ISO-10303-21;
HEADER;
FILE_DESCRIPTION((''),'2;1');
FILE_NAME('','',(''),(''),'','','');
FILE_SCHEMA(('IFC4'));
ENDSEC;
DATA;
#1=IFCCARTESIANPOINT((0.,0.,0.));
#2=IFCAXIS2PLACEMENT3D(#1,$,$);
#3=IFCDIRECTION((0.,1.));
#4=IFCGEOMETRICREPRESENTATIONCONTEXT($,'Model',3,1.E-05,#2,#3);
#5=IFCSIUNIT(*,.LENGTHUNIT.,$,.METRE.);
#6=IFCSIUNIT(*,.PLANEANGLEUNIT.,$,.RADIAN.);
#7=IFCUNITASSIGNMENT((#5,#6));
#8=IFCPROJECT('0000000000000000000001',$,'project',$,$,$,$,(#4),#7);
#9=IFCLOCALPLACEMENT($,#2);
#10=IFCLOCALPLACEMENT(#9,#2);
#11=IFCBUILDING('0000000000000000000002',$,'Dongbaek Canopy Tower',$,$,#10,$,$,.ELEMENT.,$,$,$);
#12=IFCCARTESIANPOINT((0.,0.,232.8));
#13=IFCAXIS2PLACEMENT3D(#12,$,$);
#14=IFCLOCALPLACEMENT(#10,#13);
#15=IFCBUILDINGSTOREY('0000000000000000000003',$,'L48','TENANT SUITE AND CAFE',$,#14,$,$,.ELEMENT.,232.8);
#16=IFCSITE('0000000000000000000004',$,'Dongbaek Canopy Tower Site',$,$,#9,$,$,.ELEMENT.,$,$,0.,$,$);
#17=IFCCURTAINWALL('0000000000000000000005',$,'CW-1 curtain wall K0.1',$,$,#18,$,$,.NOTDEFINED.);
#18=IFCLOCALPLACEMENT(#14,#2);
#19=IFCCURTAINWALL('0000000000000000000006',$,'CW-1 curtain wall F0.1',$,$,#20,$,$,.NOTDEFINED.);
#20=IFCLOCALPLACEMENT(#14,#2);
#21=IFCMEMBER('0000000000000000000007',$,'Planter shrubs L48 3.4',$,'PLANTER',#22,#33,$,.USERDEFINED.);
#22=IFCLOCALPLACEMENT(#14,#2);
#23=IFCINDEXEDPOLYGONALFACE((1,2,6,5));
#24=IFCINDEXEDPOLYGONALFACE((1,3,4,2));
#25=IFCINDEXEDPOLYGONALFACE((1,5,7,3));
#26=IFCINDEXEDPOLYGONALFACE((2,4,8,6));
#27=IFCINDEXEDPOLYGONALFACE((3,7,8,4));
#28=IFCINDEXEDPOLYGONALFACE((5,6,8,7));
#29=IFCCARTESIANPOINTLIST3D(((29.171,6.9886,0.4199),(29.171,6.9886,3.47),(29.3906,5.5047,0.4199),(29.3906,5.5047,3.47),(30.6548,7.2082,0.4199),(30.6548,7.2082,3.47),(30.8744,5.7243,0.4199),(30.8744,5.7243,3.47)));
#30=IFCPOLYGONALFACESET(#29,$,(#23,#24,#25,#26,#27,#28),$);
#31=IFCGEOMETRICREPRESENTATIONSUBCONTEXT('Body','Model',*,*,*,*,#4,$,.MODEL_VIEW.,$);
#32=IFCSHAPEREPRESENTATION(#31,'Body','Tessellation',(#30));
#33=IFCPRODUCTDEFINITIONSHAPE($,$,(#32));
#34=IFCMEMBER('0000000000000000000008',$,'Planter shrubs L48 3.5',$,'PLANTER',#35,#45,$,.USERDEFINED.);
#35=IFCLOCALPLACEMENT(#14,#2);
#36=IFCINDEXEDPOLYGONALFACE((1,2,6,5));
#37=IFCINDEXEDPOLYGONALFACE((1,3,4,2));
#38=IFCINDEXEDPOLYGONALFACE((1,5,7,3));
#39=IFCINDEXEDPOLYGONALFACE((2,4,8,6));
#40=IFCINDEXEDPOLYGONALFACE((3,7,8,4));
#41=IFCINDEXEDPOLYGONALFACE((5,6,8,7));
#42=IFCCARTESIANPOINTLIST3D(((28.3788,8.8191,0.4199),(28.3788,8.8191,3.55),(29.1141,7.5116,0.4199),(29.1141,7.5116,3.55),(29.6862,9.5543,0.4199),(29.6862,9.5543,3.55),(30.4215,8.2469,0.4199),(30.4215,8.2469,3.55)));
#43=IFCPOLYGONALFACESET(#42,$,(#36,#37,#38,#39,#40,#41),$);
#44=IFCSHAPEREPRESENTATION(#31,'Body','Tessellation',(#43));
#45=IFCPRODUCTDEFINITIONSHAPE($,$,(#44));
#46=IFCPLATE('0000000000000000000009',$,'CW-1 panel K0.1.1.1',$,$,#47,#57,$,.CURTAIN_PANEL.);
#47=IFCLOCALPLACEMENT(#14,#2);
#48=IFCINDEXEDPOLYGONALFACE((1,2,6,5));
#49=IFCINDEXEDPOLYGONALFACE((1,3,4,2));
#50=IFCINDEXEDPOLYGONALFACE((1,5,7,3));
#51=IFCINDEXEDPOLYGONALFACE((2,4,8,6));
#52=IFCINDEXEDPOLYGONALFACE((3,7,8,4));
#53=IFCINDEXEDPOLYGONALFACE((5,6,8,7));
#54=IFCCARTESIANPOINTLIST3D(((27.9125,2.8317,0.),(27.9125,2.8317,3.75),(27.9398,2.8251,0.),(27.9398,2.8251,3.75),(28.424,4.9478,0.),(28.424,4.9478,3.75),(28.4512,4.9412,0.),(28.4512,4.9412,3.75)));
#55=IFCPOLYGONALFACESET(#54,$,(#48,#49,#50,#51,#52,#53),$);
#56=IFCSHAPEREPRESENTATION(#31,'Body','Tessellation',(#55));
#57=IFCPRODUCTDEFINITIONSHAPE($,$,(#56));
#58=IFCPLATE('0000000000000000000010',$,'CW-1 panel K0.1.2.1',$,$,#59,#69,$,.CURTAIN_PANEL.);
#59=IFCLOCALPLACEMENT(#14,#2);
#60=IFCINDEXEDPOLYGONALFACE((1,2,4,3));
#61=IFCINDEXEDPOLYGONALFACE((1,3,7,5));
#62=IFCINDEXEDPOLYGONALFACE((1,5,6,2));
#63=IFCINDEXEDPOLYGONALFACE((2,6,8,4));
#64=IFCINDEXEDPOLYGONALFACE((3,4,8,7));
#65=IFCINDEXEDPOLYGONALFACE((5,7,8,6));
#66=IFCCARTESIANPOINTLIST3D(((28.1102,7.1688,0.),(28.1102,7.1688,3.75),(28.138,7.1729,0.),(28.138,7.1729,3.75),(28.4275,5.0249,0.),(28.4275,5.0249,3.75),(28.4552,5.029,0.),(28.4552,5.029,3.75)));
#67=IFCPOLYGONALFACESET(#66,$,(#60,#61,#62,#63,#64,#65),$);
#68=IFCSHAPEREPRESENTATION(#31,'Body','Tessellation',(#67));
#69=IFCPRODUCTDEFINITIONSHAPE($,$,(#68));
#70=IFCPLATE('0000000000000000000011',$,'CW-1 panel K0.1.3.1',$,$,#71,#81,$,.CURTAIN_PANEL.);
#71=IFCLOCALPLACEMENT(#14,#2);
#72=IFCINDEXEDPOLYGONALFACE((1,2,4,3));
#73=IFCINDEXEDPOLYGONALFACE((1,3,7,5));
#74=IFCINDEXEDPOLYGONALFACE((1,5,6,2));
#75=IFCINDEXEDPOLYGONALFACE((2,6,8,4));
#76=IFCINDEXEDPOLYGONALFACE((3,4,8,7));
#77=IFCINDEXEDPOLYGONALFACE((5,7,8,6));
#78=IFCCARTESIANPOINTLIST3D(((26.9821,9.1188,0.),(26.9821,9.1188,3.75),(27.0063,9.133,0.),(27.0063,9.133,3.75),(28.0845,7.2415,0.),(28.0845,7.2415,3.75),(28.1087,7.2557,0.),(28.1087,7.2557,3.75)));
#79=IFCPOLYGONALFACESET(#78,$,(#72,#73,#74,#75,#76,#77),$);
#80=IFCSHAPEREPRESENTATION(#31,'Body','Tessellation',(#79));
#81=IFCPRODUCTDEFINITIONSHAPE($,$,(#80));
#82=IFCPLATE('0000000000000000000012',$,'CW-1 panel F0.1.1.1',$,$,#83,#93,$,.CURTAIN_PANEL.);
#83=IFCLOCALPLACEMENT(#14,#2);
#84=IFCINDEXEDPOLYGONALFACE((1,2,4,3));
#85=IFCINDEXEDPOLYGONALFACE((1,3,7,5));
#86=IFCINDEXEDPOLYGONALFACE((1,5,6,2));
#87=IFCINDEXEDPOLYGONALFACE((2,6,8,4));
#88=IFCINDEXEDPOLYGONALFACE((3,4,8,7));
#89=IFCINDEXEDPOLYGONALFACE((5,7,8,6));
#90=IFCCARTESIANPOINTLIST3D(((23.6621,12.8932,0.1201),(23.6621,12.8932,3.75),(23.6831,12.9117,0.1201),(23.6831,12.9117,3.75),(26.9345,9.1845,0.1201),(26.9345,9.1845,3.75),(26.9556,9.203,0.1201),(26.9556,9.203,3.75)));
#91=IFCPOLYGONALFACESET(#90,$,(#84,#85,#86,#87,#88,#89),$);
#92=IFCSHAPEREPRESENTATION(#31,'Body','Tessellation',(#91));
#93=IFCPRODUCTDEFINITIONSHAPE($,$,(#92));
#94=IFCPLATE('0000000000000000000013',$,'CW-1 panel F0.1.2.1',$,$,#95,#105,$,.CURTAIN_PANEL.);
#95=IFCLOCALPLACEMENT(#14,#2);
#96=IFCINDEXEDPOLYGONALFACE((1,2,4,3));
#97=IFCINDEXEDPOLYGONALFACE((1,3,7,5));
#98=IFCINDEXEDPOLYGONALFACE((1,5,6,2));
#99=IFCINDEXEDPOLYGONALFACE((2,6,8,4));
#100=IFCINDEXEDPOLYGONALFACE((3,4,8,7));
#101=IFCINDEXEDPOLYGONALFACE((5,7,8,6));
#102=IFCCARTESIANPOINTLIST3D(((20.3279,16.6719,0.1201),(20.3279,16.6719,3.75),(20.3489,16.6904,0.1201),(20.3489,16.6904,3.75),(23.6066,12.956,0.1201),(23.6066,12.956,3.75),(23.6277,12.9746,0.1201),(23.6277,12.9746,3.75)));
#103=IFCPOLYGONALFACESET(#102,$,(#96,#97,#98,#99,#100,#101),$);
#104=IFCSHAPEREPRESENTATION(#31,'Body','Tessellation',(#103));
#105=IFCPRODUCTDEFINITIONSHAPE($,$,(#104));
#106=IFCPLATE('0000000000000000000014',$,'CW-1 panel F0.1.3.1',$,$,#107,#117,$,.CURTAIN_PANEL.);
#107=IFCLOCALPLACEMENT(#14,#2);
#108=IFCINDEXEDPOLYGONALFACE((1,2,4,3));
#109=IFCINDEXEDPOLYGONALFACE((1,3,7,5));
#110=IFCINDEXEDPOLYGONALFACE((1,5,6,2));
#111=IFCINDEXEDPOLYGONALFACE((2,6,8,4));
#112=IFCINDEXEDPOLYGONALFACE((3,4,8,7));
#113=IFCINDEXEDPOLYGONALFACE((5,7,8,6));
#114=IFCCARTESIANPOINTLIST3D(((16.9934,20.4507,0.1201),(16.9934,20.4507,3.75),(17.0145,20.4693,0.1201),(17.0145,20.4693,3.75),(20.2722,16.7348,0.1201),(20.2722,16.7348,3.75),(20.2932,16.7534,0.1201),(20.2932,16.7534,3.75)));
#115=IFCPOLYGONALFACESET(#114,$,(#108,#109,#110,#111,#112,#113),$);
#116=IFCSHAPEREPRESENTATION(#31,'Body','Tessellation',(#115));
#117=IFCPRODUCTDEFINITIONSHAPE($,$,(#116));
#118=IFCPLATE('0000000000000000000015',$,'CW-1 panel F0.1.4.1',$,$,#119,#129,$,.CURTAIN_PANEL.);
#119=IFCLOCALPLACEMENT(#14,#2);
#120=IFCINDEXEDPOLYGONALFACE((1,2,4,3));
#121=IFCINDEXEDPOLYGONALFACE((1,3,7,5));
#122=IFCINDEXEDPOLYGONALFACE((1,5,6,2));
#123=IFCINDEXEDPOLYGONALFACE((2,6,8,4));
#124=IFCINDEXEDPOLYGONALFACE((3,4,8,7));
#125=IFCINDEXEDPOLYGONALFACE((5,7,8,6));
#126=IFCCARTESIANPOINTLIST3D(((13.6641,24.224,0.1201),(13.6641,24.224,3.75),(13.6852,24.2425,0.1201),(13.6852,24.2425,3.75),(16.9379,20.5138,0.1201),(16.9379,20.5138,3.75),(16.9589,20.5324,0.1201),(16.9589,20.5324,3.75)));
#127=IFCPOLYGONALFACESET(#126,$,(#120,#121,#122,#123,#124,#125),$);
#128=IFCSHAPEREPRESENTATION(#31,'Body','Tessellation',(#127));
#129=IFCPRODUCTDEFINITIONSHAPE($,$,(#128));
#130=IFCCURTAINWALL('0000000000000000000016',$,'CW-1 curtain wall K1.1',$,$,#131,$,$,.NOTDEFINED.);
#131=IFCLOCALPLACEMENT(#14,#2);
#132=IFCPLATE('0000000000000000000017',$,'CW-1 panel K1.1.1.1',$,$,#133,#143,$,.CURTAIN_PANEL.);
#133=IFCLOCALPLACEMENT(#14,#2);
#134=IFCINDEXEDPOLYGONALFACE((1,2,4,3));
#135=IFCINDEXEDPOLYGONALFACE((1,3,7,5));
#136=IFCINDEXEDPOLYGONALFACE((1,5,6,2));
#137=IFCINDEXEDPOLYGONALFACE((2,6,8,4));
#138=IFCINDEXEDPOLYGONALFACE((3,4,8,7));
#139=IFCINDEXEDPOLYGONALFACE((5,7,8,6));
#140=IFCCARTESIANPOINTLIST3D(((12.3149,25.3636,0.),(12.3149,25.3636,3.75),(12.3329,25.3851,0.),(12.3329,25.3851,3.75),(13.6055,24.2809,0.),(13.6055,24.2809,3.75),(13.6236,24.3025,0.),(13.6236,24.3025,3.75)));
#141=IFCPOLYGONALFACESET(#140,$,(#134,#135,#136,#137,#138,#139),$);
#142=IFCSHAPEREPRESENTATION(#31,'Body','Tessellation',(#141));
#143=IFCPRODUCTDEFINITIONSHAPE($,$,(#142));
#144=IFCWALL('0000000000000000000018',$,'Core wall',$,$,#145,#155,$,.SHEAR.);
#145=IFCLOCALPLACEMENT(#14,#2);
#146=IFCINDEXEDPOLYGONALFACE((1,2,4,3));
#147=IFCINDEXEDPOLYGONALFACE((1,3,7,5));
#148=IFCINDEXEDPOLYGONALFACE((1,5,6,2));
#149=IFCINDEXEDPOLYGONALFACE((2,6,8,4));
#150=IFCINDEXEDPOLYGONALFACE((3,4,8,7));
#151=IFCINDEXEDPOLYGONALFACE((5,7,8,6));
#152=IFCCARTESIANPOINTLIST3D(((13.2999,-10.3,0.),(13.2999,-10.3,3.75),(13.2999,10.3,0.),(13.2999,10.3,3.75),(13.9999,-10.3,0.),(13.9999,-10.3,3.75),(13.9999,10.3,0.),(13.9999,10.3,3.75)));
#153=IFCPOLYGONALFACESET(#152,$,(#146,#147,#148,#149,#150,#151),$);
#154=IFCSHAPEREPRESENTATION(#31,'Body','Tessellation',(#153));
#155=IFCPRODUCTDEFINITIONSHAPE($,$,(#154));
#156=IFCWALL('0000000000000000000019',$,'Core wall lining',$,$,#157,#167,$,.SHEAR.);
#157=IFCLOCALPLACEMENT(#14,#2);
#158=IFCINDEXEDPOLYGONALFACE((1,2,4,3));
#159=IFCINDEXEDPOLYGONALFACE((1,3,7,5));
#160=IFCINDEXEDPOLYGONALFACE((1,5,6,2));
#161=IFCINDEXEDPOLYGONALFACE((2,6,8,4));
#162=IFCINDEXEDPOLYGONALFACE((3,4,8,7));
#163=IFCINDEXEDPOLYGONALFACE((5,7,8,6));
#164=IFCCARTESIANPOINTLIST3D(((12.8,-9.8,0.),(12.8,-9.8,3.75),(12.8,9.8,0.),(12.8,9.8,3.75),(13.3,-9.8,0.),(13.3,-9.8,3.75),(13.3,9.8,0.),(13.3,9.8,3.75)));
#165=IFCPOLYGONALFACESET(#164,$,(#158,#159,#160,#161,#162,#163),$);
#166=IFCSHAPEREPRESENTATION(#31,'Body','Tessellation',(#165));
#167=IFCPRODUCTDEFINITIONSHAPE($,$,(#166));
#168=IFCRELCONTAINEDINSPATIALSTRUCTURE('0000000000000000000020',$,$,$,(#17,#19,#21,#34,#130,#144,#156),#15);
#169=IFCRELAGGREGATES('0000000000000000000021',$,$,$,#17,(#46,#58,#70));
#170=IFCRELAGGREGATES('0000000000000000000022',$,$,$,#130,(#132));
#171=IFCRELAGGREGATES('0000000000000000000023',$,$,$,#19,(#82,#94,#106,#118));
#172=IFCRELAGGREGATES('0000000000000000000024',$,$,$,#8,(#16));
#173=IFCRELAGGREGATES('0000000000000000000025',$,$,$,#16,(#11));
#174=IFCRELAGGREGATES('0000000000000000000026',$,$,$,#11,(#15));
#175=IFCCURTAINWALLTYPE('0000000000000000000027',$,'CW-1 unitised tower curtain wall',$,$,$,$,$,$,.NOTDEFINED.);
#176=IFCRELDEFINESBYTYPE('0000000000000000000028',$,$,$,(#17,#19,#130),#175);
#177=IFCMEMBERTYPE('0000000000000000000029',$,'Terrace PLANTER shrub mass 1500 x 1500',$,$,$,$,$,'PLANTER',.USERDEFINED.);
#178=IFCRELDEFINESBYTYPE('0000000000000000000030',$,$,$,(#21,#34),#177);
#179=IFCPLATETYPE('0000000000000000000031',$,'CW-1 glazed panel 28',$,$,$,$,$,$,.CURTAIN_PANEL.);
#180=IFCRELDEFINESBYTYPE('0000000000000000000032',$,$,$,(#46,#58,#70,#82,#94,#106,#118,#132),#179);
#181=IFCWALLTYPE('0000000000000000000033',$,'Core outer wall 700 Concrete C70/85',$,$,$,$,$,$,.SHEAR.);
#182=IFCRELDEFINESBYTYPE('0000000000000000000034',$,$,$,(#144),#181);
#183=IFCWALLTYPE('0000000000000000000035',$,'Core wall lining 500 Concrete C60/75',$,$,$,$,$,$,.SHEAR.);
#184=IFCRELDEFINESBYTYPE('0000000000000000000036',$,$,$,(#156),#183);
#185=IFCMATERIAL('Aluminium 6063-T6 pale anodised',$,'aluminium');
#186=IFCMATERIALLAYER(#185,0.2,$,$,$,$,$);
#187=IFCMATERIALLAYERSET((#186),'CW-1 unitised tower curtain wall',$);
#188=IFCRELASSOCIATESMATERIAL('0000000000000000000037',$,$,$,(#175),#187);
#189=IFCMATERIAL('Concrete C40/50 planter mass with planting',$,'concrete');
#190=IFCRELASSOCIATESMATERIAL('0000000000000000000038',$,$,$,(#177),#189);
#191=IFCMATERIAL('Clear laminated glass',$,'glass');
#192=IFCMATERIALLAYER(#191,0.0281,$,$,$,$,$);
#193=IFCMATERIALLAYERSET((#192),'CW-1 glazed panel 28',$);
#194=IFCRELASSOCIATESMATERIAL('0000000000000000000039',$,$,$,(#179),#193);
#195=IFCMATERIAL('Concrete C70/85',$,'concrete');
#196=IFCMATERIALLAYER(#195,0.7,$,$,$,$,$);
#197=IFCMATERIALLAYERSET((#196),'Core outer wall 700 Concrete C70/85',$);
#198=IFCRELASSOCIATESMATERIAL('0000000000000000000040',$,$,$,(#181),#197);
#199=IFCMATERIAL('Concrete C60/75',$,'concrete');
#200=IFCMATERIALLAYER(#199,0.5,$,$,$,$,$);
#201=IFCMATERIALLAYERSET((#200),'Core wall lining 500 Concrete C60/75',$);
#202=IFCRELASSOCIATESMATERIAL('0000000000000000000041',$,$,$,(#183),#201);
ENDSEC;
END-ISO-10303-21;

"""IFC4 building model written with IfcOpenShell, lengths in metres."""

from ifc_helpers import new_model, si_unit, direction, frame, frame_2d, origin, origin_2d, place, context, subcontext, project, spatial, rectangle, extrude, material, layer, layer_set, material_profile, profile_set, type_object, element, aggregate, save


model = new_model("IFC4")

# Units and contexts
model_context = context("Model", 3, precision=1e-05, world=origin(), true_north=direction((0.0, 1.0)))
body_context = subcontext(model_context, "Body", "Model", "MODEL_VIEW")
ifc_project = project(units=[si_unit("LENGTHUNIT", "METRE"), si_unit("PLANEANGLEUNIT", "RADIAN")], contexts=[model_context])

# Site, building, storey
site_placement = place(None, origin())
site = spatial("IfcSite", under=ifc_project, at=site_placement, Name="Dongbaek Canopy Tower Site", CompositionType="ELEMENT", RefElevation=0.0)
building_placement = place(site_placement, origin())
building = spatial("IfcBuilding", under=site, at=building_placement, Name="Dongbaek Canopy Tower", CompositionType="ELEMENT")
storey_placement = place(building_placement, frame((0.0, 0.0, 232.8)))
storey = spatial("IfcBuildingStorey", under=building, at=storey_placement, Name="L48", Description="TENANT SUITE AND CAFE", CompositionType="ELEMENT", Elevation=232.8)

# Curtain walls
ifc_material_1 = material(Name="Aluminium 6063-T6 pale anodised", Category="aluminium")
ifc_layer_1 = layer(ifc_material_1, 0.2)
ifc_layer_set_1 = layer_set([ifc_layer_1], Name="CW-1 unitised tower curtain wall")
curtain_wall_type = type_object("IfcCurtainWallType", Name="CW-1 unitised tower curtain wall", PredefinedType="NOTDEFINED", material=ifc_layer_set_1)
curtain_wall_1_placement = place(storey_placement, origin())
curtain_wall_1 = element("IfcCurtainWall", 1, at=curtain_wall_1_placement, inside=storey, type_object=curtain_wall_type, Name="CW-1 curtain wall K0.1", PredefinedType="NOTDEFINED")
curtain_wall_2_placement = place(storey_placement, origin())
curtain_wall_2 = element("IfcCurtainWall", 2, at=curtain_wall_2_placement, inside=storey, type_object=curtain_wall_type, Name="CW-1 curtain wall F0.1", PredefinedType="NOTDEFINED")

# Members
ifc_material_2 = material(Name="Concrete C40/50 planter mass with planting", Category="concrete")
ifc_material_profile_1 = material_profile(ifc_material_2, rectangle(XDim=1.5, YDim=1.5, at=origin_2d()), Name="Terrace PLANTER shrub mass 1500 x 1500")
ifc_profile_set_1 = profile_set([ifc_material_profile_1], Name="Concrete C40/50 planter mass with planting")
member_type_1 = type_object("IfcMemberType", Name="Terrace PLANTER shrub mass 1500 x 1500", ElementType="PLANTER", PredefinedType="USERDEFINED", material=ifc_profile_set_1)
member_1_placement = place(storey_placement, frame((30.0227, 6.3564, 0.4199), z_axis=(0.0, 0.0, 1.0), x_axis=(0.989228, 0.146385, 0.0)))
element("IfcMember", 3, at=member_1_placement, inside=storey, type_object=member_type_1, Name="Planter shrubs L48 3.4", ObjectType="PLANTER", PredefinedType="USERDEFINED", context=body_context, shape_type="SweptSolid", body=[
    extrude(rectangle(XDim=1.5, YDim=1.5, at=origin_2d()), origin(), (0.0, 0.0, 1.0), 3.05),
])
member_2_placement = place(storey_placement, frame((29.4001, 8.533, 0.4199), z_axis=(0.0, 0.0, 1.0), x_axis=(0.871626, 0.490171, 0.0)))
element("IfcMember", 4, at=member_2_placement, inside=storey, type_object=member_type_1, Name="Planter shrubs L48 3.5", ObjectType="PLANTER", PredefinedType="USERDEFINED", context=body_context, shape_type="SweptSolid", body=[
    extrude(rectangle(XDim=1.5, YDim=1.5, at=origin_2d()), origin(), (0.0, 0.0, 1.0), 3.1301),
])

# Plates
ifc_material_3 = material(Name="Clear laminated glass", Category="glass")
ifc_layer_2 = layer(ifc_material_3, 0.0281)
ifc_layer_set_2 = layer_set([ifc_layer_2], Name="CW-1 glazed panel 28")
plate_type = type_object("IfcPlateType", Name="CW-1 glazed panel 28", PredefinedType="CURTAIN_PANEL", material=ifc_layer_set_2)
plate_1_placement = place(storey_placement, frame((28.1819, 3.8865, 0.0), z_axis=(0.0, 0.0, 1.0), x_axis=(0.234923, 0.972014, 0.0)))
plate_1 = element("IfcPlate", 5, at=plate_1_placement, type_object=plate_type, Name="CW-1 panel K0.1.1.1", PredefinedType="CURTAIN_PANEL", context=body_context, shape_type="SweptSolid", body=[
    extrude(rectangle(XDim=2.177, YDim=0.0281, at=origin_2d()), origin(), (0.0, 0.0, 1.0), 3.75),
])
plate_2_placement = place(storey_placement, frame((28.2827, 6.0989, 0.0), z_axis=(0.0, 0.0, 1.0), x_axis=(-0.146385, 0.989228, 0.0)))
plate_2 = element("IfcPlate", 6, at=plate_2_placement, type_object=plate_type, Name="CW-1 panel K0.1.2.1", PredefinedType="CURTAIN_PANEL", context=body_context, shape_type="SweptSolid", body=[
    extrude(rectangle(XDim=2.1672, YDim=0.0281, at=origin_2d()), origin(), (0.0, 0.0, 1.0), 3.75),
])
plate_3_placement = place(storey_placement, frame((27.5454, 8.1873, 0.0), z_axis=(0.0, 0.0, 1.0), x_axis=(-0.506367, 0.862318, 0.0)))
plate_3 = element("IfcPlate", 7, at=plate_3_placement, type_object=plate_type, Name="CW-1 panel K0.1.3.1", PredefinedType="CURTAIN_PANEL", context=body_context, shape_type="SweptSolid", body=[
    extrude(rectangle(XDim=2.177, YDim=0.0281, at=origin_2d()), origin(), (0.0, 0.0, 1.0), 3.75),
])
aggregate(curtain_wall_1, [plate_1, plate_2, plate_3])
plate_4_placement = place(storey_placement, frame((25.3088, 11.0481, 0.1201), z_axis=(0.0, 0.0, 1.0), x_axis=(-0.661631, 0.749829, 0.0)))
plate_4 = element("IfcPlate", 8, at=plate_4_placement, type_object=plate_type, Name="CW-1 panel F0.1.1.1", PredefinedType="CURTAIN_PANEL", context=body_context, shape_type="SweptSolid", body=[
    extrude(rectangle(XDim=4.946, YDim=0.0281, at=origin_2d()), origin(), (0.0, 0.0, 1.0), 3.6299),
])
plate_5_placement = place(storey_placement, frame((21.9778, 14.8232, 0.1201), z_axis=(0.0, 0.0, 1.0), x_axis=(-0.661631, 0.749829, 0.0)))
plate_5 = element("IfcPlate", 9, at=plate_5_placement, type_object=plate_type, Name="CW-1 panel F0.1.2.1", PredefinedType="CURTAIN_PANEL", context=body_context, shape_type="SweptSolid", body=[
    extrude(rectangle(XDim=4.9556, YDim=0.0281, at=origin_2d()), origin(), (0.0, 0.0, 1.0), 3.6299),
])
plate_6_placement = place(storey_placement, frame((18.6433, 18.6021, 0.1201), z_axis=(0.0, 0.0, 1.0), x_axis=(-0.661631, 0.749829, 0.0)))
plate_6 = element("IfcPlate", 10, at=plate_6_placement, type_object=plate_type, Name="CW-1 panel F0.1.3.1", PredefinedType="CURTAIN_PANEL", context=body_context, shape_type="SweptSolid", body=[
    extrude(rectangle(XDim=4.9556, YDim=0.0281, at=origin_2d()), origin(), (0.0, 0.0, 1.0), 3.6299),
])
plate_7_placement = place(storey_placement, frame((15.3115, 22.3782, 0.1201), z_axis=(0.0, 0.0, 1.0), x_axis=(-0.661631, 0.749829, 0.0)))
plate_7 = element("IfcPlate", 11, at=plate_7_placement, type_object=plate_type, Name="CW-1 panel F0.1.4.1", PredefinedType="CURTAIN_PANEL", context=body_context, shape_type="SweptSolid", body=[
    extrude(rectangle(XDim=4.948, YDim=0.0281, at=origin_2d()), origin(), (0.0, 0.0, 1.0), 3.6299),
])

# Curtain wall, plate
curtain_wall_3_placement = place(storey_placement, origin())
curtain_wall_3 = element("IfcCurtainWall", 12, at=curtain_wall_3_placement, inside=storey, type_object=curtain_wall_type, Name="CW-1 curtain wall K1.1", PredefinedType="NOTDEFINED")
plate_8_placement = place(storey_placement, frame((12.9692, 24.833, 0.0), z_axis=(0.0, 0.0, 1.0), x_axis=(-0.766148, 0.642665, 0.0)))
plate_8 = element("IfcPlate", 13, at=plate_8_placement, type_object=plate_type, Name="CW-1 panel K1.1.1.1", PredefinedType="CURTAIN_PANEL", context=body_context, shape_type="SweptSolid", body=[
    extrude(rectangle(XDim=1.6846, YDim=0.0281, at=origin_2d()), origin(), (0.0, 0.0, 1.0), 3.75),
])
aggregate(curtain_wall_3, [plate_8])

# Walls
ifc_material_4 = material(Name="Concrete C70/85", Category="concrete")
ifc_layer_3 = layer(ifc_material_4, 0.7)
ifc_layer_set_3 = layer_set([ifc_layer_3], Name="Core outer wall 700 Concrete C70/85")
wall_type_1 = type_object("IfcWallType", Name="Core outer wall 700 Concrete C70/85", PredefinedType="SHEAR", material=ifc_layer_set_3)
wall_1_placement = place(storey_placement, frame((13.6499, 10.3, 0.0), z_axis=(0.0, 0.0, 1.0), x_axis=(0.0, -1.0, 0.0)))
element("IfcWall", 14, at=wall_1_placement, inside=storey, type_object=wall_type_1, Name="Core wall", PredefinedType="SHEAR", context=body_context, shape_type="SweptSolid", body=[
    extrude(rectangle(XDim=20.6001, YDim=0.7, at=frame_2d((10.3, 0.0))), origin(), (0.0, 0.0, 1.0), 3.75),
])
ifc_material_5 = material(Name="Concrete C60/75", Category="concrete")
ifc_layer_4 = layer(ifc_material_5, 0.5)
ifc_layer_set_4 = layer_set([ifc_layer_4], Name="Core wall lining 500 Concrete C60/75")
wall_type_2 = type_object("IfcWallType", Name="Core wall lining 500 Concrete C60/75", PredefinedType="SHEAR", material=ifc_layer_set_4)
wall_2_placement = place(storey_placement, frame((13.05, 9.8, 0.0), z_axis=(0.0, 0.0, 1.0), x_axis=(0.0, -1.0, 0.0)))
element("IfcWall", 15, at=wall_2_placement, inside=storey, type_object=wall_type_2, Name="Core wall lining", PredefinedType="SHEAR", context=body_context, shape_type="SweptSolid", body=[
    extrude(rectangle(XDim=19.6001, YDim=0.5, at=frame_2d((9.8, 0.0))), origin(), (0.0, 0.0, 1.0), 3.75),
])

aggregate(curtain_wall_2, [plate_4, plate_5, plate_6, plate_7])

save(model, "model.ifc")
